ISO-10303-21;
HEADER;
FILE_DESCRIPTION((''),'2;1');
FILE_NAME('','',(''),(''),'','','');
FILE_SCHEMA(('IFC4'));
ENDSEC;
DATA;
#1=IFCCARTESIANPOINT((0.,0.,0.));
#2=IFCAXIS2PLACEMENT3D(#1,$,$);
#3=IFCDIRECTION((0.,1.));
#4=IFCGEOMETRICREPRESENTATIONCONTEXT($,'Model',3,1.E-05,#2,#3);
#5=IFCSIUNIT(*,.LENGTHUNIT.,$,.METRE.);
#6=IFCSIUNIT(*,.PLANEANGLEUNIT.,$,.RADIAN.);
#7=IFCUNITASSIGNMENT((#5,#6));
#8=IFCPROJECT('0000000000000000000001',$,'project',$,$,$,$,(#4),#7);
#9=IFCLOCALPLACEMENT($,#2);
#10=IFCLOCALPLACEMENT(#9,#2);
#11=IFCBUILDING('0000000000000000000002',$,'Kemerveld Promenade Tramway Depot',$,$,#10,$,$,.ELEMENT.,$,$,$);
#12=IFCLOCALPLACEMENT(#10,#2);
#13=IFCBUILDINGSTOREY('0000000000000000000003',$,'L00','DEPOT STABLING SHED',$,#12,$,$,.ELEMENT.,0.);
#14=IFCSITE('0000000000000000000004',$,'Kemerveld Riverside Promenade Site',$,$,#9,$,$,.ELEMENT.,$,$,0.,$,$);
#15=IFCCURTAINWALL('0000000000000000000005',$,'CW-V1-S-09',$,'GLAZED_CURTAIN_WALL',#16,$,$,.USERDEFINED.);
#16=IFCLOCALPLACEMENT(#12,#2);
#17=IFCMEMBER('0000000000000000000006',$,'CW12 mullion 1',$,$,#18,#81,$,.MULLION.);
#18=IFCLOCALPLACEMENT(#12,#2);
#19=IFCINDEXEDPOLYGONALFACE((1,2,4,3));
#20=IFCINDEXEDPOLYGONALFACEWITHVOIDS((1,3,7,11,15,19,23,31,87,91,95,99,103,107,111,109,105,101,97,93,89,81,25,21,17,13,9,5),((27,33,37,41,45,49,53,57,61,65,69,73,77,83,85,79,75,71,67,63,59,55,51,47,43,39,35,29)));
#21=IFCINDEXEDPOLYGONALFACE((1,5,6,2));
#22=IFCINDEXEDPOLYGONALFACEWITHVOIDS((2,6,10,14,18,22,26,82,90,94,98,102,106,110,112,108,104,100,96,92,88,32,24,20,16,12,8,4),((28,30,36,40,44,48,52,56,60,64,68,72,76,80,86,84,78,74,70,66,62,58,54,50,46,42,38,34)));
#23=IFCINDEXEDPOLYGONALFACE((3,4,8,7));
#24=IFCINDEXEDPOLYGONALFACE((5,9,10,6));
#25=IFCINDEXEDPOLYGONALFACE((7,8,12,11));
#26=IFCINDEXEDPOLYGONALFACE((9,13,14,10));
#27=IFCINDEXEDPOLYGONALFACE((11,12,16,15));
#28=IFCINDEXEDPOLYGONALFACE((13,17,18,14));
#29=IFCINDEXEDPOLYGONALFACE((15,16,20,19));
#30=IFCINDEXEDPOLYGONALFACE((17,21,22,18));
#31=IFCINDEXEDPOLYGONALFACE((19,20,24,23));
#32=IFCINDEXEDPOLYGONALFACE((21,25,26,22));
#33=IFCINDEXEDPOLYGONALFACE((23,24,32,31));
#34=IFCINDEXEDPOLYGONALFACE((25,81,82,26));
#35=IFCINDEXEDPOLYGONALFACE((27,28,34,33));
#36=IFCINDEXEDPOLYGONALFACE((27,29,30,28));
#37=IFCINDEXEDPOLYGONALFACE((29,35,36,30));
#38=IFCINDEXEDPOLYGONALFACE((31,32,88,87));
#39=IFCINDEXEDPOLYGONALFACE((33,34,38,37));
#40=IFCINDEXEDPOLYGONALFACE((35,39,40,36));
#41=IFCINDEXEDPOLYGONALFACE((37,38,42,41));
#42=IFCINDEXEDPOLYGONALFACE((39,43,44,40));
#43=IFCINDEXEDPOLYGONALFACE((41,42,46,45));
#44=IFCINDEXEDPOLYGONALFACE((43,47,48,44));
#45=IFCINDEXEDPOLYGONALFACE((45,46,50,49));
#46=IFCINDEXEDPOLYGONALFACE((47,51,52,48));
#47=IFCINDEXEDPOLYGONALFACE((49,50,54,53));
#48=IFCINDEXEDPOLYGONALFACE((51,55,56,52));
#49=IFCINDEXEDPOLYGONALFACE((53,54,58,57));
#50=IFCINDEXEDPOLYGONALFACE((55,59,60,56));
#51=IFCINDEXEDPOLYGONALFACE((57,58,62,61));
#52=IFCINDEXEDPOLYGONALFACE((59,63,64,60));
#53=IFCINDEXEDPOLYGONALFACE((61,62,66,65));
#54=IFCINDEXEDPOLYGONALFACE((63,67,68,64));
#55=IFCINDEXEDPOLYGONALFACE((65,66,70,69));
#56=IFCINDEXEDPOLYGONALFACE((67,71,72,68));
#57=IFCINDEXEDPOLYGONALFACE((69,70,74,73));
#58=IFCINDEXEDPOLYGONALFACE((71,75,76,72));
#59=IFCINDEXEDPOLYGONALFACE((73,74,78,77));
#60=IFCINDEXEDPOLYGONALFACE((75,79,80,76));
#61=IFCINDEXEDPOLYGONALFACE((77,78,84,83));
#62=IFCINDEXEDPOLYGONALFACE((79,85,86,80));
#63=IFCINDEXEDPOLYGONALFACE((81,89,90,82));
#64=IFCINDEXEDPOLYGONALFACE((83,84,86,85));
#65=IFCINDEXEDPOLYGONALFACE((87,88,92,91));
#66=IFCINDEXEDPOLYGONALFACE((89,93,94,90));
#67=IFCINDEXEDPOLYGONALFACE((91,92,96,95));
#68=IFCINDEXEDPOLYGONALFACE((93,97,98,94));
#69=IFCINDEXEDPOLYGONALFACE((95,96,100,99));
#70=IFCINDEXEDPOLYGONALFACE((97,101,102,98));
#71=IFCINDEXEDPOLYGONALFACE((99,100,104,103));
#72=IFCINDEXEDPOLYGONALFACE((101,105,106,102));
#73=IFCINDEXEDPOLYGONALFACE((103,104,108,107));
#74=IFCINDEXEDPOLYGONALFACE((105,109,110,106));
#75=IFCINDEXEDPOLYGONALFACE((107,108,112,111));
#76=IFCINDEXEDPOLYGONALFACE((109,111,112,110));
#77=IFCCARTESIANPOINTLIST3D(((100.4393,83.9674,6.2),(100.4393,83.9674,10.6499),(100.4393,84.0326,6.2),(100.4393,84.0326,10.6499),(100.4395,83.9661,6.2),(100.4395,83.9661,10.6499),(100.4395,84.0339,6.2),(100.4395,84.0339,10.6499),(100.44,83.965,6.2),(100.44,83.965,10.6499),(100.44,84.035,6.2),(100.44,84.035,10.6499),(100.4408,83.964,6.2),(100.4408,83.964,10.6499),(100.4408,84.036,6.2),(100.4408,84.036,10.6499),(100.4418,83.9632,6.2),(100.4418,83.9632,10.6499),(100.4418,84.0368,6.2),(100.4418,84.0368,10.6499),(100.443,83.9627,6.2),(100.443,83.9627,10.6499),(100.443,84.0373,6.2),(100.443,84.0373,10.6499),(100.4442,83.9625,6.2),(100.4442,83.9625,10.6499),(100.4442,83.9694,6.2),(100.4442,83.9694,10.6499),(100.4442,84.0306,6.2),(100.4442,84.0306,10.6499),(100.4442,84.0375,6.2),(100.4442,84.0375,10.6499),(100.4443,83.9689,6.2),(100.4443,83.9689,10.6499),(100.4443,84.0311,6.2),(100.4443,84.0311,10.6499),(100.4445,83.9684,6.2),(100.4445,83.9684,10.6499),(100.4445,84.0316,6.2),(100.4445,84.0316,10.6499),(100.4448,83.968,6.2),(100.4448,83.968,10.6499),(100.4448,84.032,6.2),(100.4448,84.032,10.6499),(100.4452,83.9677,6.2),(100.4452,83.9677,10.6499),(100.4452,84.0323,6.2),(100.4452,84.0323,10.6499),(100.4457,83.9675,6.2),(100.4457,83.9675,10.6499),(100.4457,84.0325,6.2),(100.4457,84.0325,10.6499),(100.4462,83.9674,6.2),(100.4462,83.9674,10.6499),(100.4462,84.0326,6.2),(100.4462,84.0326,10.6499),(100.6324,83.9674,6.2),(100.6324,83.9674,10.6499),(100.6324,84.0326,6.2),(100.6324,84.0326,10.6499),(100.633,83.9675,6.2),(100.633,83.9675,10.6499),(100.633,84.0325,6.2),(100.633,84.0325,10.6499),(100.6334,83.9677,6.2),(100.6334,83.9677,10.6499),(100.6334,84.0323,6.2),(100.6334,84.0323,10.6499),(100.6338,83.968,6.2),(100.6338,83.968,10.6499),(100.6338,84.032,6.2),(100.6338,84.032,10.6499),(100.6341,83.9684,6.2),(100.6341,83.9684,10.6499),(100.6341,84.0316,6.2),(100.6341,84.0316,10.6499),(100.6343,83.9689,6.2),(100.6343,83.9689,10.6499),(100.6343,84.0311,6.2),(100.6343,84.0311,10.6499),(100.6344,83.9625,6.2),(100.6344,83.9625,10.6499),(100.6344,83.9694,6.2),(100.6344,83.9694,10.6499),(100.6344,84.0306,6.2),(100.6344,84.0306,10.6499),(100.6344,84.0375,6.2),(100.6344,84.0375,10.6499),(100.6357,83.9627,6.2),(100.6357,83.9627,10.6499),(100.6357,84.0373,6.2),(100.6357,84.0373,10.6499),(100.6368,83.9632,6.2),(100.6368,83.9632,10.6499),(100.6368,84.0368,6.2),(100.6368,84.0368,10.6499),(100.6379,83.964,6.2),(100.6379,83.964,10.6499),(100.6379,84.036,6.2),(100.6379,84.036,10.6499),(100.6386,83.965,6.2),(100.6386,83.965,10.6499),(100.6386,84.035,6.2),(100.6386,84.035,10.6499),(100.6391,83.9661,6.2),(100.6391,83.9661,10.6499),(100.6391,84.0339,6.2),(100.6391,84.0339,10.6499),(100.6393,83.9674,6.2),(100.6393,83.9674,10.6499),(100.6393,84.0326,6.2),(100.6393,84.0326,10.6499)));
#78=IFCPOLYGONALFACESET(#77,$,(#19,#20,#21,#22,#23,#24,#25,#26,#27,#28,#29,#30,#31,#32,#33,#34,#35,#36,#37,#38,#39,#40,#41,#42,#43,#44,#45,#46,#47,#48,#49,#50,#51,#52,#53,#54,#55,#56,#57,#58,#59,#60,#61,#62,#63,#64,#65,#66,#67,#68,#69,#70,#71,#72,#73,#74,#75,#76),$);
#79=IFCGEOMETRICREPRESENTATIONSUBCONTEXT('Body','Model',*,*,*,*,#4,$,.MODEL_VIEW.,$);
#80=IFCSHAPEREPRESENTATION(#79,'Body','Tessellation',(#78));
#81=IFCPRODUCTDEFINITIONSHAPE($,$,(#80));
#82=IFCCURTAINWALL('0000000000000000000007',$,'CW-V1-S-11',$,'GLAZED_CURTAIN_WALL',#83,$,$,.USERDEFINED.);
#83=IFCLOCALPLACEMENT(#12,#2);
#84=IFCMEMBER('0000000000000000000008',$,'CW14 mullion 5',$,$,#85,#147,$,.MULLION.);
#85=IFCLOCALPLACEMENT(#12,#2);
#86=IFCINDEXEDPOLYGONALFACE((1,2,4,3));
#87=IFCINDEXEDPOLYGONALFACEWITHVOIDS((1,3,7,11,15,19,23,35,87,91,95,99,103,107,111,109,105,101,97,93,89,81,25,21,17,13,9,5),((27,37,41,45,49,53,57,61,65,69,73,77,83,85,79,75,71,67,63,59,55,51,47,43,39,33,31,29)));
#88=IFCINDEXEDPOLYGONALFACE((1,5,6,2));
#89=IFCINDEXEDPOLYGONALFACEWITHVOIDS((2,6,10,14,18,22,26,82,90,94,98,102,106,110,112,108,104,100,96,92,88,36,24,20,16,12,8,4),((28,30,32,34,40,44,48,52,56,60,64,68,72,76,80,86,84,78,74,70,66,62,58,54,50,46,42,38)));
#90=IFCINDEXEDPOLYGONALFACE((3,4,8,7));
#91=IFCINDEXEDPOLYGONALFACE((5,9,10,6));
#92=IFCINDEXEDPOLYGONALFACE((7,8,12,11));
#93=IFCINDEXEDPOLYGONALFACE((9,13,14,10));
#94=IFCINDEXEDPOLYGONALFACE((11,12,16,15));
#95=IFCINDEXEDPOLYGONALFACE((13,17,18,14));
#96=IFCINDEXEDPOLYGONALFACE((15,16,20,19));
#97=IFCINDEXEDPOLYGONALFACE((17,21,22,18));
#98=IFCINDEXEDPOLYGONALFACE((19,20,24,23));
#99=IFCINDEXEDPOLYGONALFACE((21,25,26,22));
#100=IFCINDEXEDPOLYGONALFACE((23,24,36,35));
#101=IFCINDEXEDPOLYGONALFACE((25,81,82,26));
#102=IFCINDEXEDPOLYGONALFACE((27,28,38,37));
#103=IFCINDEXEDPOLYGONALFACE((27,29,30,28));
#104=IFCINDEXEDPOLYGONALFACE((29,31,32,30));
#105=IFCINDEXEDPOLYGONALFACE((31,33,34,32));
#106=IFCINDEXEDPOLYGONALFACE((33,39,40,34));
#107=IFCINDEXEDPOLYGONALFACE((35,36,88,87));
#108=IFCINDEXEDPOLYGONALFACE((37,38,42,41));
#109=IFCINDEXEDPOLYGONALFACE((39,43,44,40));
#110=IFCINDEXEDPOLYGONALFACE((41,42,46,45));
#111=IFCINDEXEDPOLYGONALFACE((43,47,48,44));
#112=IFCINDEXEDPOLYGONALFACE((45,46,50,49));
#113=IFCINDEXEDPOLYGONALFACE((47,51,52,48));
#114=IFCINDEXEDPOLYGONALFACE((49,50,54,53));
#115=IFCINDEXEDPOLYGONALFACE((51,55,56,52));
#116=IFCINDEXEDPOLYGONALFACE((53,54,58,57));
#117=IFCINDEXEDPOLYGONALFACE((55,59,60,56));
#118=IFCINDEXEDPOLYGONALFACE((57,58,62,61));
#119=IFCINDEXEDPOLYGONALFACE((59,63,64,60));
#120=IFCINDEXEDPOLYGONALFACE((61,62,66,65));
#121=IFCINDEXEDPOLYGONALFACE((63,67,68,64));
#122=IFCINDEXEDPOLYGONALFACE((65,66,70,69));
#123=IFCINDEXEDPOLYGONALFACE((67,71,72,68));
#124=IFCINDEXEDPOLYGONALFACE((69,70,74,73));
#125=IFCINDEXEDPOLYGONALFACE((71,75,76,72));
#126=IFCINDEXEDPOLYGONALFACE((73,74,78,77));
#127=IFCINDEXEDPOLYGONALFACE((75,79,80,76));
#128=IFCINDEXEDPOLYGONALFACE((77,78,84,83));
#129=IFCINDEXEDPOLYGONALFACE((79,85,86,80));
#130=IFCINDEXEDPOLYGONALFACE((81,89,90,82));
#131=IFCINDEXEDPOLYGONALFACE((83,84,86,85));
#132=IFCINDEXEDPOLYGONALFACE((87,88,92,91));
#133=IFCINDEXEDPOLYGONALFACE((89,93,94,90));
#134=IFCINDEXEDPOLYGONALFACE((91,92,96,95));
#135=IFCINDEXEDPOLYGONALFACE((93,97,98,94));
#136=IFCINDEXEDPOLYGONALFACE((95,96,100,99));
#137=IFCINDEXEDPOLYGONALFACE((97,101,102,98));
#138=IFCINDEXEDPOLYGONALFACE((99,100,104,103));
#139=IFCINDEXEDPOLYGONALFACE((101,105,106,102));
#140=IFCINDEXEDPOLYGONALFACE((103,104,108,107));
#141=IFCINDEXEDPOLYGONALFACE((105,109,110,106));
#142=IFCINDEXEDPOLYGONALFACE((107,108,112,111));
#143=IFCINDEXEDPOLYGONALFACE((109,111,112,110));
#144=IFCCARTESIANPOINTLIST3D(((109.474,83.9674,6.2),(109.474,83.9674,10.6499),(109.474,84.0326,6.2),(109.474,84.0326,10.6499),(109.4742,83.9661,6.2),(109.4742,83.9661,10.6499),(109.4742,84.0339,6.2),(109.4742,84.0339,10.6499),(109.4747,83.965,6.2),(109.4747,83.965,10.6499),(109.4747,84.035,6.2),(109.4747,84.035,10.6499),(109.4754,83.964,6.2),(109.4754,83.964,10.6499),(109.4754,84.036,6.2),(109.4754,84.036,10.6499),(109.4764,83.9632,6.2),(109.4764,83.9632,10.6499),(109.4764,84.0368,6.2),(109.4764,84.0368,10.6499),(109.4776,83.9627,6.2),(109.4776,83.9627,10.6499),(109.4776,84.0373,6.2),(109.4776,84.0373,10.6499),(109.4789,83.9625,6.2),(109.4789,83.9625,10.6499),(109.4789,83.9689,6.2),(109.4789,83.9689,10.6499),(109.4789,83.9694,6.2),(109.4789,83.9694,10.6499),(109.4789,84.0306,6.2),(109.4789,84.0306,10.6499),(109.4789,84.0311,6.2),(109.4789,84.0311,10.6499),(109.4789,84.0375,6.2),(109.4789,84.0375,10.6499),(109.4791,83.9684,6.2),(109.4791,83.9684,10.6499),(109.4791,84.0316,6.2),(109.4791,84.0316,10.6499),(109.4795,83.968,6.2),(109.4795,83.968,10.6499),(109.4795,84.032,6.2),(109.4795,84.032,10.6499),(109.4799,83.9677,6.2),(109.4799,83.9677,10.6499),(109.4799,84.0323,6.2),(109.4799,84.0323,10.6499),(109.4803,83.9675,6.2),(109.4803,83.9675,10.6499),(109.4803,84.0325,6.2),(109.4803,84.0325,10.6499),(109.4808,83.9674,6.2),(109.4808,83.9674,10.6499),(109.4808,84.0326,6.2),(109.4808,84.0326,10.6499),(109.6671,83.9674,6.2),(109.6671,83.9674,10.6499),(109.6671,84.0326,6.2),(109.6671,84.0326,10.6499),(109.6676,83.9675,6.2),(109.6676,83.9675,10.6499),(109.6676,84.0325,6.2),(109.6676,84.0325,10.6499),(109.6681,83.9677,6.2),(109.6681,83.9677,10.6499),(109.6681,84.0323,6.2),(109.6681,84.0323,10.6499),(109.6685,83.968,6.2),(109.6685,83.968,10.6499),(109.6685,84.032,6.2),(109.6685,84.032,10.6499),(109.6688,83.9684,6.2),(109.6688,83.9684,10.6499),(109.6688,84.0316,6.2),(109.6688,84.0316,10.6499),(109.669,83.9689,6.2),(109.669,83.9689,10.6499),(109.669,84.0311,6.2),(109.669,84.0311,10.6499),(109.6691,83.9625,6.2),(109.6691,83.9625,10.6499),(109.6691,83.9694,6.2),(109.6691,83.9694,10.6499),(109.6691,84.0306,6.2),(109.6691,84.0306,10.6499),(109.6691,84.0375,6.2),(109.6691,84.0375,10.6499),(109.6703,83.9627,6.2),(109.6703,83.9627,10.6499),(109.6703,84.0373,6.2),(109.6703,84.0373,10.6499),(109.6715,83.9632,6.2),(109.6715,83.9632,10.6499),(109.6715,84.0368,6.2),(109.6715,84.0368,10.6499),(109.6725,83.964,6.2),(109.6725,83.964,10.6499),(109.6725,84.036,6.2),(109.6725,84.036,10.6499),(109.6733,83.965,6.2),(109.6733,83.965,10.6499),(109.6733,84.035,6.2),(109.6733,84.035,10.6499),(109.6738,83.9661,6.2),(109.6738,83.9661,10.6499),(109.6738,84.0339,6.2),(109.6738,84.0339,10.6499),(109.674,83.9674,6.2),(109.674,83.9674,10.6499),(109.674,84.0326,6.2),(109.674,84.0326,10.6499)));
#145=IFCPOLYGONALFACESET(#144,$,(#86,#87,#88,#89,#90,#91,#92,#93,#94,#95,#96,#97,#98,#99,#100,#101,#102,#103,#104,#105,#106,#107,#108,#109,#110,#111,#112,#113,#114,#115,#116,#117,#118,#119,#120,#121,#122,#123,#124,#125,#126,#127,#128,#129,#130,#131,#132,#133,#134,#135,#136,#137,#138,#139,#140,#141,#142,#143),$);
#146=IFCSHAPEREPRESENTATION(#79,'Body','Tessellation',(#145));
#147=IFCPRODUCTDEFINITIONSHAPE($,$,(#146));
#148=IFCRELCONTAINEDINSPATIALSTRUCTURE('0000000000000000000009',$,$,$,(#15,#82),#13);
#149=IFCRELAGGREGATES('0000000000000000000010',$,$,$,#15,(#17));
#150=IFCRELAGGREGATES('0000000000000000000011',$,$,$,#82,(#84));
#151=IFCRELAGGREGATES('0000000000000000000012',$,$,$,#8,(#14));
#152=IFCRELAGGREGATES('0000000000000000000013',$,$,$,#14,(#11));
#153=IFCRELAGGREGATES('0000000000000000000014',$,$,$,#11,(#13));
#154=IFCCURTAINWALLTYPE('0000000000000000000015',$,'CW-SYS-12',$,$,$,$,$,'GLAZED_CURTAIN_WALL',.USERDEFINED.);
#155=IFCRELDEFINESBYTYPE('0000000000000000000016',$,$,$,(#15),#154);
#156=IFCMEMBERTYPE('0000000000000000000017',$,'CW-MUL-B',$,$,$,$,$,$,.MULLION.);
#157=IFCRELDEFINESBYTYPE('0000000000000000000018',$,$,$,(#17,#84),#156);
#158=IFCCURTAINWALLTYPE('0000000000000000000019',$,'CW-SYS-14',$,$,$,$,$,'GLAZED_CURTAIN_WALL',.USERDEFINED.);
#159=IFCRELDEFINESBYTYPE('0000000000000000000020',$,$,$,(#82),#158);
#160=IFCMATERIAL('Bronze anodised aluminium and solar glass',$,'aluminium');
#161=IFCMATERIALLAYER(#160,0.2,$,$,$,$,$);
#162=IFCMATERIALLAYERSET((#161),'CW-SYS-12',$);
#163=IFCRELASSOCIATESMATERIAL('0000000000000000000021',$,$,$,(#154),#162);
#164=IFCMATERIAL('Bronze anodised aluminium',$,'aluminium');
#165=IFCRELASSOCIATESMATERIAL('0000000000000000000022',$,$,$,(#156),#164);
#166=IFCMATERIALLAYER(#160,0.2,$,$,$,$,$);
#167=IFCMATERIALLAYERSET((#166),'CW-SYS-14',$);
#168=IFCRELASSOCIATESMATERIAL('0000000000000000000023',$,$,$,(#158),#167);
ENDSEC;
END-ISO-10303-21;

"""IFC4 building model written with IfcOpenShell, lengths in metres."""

from ifc_helpers import new_model, si_unit, direction, frame, origin, origin_2d, place, context, subcontext, project, spatial, hollow_rectangle, extrude, material, layer, layer_set, material_profile, profile_set, type_object, element, aggregate, save


model = new_model("IFC4")

# Units and contexts
model_context = context("Model", 3, precision=1e-05, world=origin(), true_north=direction((0.0, 1.0)))
body_context = subcontext(model_context, "Body", "Model", "MODEL_VIEW")
ifc_project = project(units=[si_unit("LENGTHUNIT", "METRE"), si_unit("PLANEANGLEUNIT", "RADIAN")], contexts=[model_context])

# Site, building, storey
site_placement = place(None, origin())
site = spatial("IfcSite", under=ifc_project, at=site_placement, Name="Kemerveld Riverside Promenade Site", CompositionType="ELEMENT", RefElevation=0.0)
building_placement = place(site_placement, origin())
building = spatial("IfcBuilding", under=site, at=building_placement, Name="Kemerveld Promenade Tramway Depot", CompositionType="ELEMENT")
storey_placement = place(building_placement, origin())
storey = spatial("IfcBuildingStorey", under=building, at=storey_placement, Name="L00", Description="DEPOT STABLING SHED", CompositionType="ELEMENT", Elevation=0.0)

# Shared definitions
ifc_material_1 = material(Name="Bronze anodised aluminium and solar glass", Category="aluminium")
ifc_material_2 = material(Name="Bronze anodised aluminium", Category="aluminium")

# Curtain wall, member
ifc_layer_1 = layer(ifc_material_1, 0.2)
ifc_layer_set_1 = layer_set([ifc_layer_1], Name="CW-SYS-12")
curtain_wall_type_1 = type_object("IfcCurtainWallType", Name="CW-SYS-12", ElementType="GLAZED_CURTAIN_WALL", PredefinedType="USERDEFINED", material=ifc_layer_set_1)
curtain_wall_1_placement = place(storey_placement, origin())
curtain_wall_1 = element("IfcCurtainWall", 1, at=curtain_wall_1_placement, inside=storey, type_object=curtain_wall_type_1, Name="CW-V1-S-09", ObjectType="GLAZED_CURTAIN_WALL", PredefinedType="USERDEFINED")
ifc_material_profile_1 = material_profile(ifc_material_2, hollow_rectangle(XDim=0.075, YDim=0.2, WallThickness=0.0049, InnerFilletRadius=0.002, OuterFilletRadius=0.0049, at=origin_2d()), Name="CW-MUL-200x75")
ifc_profile_set_1 = profile_set([ifc_material_profile_1], Name="Bronze anodised aluminium")
member_type_1 = type_object("IfcMemberType", Name="CW-MUL-B", PredefinedType="MULLION", material=ifc_profile_set_1)
member_1_placement = place(storey_placement, frame((100.5393, 84.0, 6.2), z_axis=(0.0, 0.0, 1.0), x_axis=(0.0, -1.0, 0.0)))
member_1 = element("IfcMember", 2, at=member_1_placement, type_object=member_type_1, Name="CW12 mullion 1", PredefinedType="MULLION", context=body_context, shape_type="SweptSolid", body=[
    extrude(hollow_rectangle(XDim=0.075, YDim=0.2, WallThickness=0.0049, InnerFilletRadius=0.002, OuterFilletRadius=0.0049, at=origin_2d()), origin(), (0.0, 0.0, 1.0), 4.45),
])
aggregate(curtain_wall_1, [member_1])

# Curtain wall, member
ifc_layer_2 = layer(ifc_material_1, 0.2)
ifc_layer_set_2 = layer_set([ifc_layer_2], Name="CW-SYS-14")
curtain_wall_type_2 = type_object("IfcCurtainWallType", Name="CW-SYS-14", ElementType="GLAZED_CURTAIN_WALL", PredefinedType="USERDEFINED", material=ifc_layer_set_2)
curtain_wall_2_placement = place(storey_placement, origin())
curtain_wall_2 = element("IfcCurtainWall", 3, at=curtain_wall_2_placement, inside=storey, type_object=curtain_wall_type_2, Name="CW-V1-S-11", ObjectType="GLAZED_CURTAIN_WALL", PredefinedType="USERDEFINED")
member_2_placement = place(storey_placement, frame((109.574, 84.0, 6.2), z_axis=(0.0, 0.0, 1.0), x_axis=(0.0, -1.0, 0.0)))
member_2 = element("IfcMember", 4, at=member_2_placement, type_object=member_type_1, Name="CW14 mullion 5", PredefinedType="MULLION", context=body_context, shape_type="SweptSolid", body=[
    extrude(hollow_rectangle(XDim=0.075, YDim=0.2, WallThickness=0.0049, InnerFilletRadius=0.002, OuterFilletRadius=0.0049, at=origin_2d()), origin(), (0.0, 0.0, 1.0), 4.45),
])

aggregate(curtain_wall_2, [member_2])

save(model, "model.ifc")
